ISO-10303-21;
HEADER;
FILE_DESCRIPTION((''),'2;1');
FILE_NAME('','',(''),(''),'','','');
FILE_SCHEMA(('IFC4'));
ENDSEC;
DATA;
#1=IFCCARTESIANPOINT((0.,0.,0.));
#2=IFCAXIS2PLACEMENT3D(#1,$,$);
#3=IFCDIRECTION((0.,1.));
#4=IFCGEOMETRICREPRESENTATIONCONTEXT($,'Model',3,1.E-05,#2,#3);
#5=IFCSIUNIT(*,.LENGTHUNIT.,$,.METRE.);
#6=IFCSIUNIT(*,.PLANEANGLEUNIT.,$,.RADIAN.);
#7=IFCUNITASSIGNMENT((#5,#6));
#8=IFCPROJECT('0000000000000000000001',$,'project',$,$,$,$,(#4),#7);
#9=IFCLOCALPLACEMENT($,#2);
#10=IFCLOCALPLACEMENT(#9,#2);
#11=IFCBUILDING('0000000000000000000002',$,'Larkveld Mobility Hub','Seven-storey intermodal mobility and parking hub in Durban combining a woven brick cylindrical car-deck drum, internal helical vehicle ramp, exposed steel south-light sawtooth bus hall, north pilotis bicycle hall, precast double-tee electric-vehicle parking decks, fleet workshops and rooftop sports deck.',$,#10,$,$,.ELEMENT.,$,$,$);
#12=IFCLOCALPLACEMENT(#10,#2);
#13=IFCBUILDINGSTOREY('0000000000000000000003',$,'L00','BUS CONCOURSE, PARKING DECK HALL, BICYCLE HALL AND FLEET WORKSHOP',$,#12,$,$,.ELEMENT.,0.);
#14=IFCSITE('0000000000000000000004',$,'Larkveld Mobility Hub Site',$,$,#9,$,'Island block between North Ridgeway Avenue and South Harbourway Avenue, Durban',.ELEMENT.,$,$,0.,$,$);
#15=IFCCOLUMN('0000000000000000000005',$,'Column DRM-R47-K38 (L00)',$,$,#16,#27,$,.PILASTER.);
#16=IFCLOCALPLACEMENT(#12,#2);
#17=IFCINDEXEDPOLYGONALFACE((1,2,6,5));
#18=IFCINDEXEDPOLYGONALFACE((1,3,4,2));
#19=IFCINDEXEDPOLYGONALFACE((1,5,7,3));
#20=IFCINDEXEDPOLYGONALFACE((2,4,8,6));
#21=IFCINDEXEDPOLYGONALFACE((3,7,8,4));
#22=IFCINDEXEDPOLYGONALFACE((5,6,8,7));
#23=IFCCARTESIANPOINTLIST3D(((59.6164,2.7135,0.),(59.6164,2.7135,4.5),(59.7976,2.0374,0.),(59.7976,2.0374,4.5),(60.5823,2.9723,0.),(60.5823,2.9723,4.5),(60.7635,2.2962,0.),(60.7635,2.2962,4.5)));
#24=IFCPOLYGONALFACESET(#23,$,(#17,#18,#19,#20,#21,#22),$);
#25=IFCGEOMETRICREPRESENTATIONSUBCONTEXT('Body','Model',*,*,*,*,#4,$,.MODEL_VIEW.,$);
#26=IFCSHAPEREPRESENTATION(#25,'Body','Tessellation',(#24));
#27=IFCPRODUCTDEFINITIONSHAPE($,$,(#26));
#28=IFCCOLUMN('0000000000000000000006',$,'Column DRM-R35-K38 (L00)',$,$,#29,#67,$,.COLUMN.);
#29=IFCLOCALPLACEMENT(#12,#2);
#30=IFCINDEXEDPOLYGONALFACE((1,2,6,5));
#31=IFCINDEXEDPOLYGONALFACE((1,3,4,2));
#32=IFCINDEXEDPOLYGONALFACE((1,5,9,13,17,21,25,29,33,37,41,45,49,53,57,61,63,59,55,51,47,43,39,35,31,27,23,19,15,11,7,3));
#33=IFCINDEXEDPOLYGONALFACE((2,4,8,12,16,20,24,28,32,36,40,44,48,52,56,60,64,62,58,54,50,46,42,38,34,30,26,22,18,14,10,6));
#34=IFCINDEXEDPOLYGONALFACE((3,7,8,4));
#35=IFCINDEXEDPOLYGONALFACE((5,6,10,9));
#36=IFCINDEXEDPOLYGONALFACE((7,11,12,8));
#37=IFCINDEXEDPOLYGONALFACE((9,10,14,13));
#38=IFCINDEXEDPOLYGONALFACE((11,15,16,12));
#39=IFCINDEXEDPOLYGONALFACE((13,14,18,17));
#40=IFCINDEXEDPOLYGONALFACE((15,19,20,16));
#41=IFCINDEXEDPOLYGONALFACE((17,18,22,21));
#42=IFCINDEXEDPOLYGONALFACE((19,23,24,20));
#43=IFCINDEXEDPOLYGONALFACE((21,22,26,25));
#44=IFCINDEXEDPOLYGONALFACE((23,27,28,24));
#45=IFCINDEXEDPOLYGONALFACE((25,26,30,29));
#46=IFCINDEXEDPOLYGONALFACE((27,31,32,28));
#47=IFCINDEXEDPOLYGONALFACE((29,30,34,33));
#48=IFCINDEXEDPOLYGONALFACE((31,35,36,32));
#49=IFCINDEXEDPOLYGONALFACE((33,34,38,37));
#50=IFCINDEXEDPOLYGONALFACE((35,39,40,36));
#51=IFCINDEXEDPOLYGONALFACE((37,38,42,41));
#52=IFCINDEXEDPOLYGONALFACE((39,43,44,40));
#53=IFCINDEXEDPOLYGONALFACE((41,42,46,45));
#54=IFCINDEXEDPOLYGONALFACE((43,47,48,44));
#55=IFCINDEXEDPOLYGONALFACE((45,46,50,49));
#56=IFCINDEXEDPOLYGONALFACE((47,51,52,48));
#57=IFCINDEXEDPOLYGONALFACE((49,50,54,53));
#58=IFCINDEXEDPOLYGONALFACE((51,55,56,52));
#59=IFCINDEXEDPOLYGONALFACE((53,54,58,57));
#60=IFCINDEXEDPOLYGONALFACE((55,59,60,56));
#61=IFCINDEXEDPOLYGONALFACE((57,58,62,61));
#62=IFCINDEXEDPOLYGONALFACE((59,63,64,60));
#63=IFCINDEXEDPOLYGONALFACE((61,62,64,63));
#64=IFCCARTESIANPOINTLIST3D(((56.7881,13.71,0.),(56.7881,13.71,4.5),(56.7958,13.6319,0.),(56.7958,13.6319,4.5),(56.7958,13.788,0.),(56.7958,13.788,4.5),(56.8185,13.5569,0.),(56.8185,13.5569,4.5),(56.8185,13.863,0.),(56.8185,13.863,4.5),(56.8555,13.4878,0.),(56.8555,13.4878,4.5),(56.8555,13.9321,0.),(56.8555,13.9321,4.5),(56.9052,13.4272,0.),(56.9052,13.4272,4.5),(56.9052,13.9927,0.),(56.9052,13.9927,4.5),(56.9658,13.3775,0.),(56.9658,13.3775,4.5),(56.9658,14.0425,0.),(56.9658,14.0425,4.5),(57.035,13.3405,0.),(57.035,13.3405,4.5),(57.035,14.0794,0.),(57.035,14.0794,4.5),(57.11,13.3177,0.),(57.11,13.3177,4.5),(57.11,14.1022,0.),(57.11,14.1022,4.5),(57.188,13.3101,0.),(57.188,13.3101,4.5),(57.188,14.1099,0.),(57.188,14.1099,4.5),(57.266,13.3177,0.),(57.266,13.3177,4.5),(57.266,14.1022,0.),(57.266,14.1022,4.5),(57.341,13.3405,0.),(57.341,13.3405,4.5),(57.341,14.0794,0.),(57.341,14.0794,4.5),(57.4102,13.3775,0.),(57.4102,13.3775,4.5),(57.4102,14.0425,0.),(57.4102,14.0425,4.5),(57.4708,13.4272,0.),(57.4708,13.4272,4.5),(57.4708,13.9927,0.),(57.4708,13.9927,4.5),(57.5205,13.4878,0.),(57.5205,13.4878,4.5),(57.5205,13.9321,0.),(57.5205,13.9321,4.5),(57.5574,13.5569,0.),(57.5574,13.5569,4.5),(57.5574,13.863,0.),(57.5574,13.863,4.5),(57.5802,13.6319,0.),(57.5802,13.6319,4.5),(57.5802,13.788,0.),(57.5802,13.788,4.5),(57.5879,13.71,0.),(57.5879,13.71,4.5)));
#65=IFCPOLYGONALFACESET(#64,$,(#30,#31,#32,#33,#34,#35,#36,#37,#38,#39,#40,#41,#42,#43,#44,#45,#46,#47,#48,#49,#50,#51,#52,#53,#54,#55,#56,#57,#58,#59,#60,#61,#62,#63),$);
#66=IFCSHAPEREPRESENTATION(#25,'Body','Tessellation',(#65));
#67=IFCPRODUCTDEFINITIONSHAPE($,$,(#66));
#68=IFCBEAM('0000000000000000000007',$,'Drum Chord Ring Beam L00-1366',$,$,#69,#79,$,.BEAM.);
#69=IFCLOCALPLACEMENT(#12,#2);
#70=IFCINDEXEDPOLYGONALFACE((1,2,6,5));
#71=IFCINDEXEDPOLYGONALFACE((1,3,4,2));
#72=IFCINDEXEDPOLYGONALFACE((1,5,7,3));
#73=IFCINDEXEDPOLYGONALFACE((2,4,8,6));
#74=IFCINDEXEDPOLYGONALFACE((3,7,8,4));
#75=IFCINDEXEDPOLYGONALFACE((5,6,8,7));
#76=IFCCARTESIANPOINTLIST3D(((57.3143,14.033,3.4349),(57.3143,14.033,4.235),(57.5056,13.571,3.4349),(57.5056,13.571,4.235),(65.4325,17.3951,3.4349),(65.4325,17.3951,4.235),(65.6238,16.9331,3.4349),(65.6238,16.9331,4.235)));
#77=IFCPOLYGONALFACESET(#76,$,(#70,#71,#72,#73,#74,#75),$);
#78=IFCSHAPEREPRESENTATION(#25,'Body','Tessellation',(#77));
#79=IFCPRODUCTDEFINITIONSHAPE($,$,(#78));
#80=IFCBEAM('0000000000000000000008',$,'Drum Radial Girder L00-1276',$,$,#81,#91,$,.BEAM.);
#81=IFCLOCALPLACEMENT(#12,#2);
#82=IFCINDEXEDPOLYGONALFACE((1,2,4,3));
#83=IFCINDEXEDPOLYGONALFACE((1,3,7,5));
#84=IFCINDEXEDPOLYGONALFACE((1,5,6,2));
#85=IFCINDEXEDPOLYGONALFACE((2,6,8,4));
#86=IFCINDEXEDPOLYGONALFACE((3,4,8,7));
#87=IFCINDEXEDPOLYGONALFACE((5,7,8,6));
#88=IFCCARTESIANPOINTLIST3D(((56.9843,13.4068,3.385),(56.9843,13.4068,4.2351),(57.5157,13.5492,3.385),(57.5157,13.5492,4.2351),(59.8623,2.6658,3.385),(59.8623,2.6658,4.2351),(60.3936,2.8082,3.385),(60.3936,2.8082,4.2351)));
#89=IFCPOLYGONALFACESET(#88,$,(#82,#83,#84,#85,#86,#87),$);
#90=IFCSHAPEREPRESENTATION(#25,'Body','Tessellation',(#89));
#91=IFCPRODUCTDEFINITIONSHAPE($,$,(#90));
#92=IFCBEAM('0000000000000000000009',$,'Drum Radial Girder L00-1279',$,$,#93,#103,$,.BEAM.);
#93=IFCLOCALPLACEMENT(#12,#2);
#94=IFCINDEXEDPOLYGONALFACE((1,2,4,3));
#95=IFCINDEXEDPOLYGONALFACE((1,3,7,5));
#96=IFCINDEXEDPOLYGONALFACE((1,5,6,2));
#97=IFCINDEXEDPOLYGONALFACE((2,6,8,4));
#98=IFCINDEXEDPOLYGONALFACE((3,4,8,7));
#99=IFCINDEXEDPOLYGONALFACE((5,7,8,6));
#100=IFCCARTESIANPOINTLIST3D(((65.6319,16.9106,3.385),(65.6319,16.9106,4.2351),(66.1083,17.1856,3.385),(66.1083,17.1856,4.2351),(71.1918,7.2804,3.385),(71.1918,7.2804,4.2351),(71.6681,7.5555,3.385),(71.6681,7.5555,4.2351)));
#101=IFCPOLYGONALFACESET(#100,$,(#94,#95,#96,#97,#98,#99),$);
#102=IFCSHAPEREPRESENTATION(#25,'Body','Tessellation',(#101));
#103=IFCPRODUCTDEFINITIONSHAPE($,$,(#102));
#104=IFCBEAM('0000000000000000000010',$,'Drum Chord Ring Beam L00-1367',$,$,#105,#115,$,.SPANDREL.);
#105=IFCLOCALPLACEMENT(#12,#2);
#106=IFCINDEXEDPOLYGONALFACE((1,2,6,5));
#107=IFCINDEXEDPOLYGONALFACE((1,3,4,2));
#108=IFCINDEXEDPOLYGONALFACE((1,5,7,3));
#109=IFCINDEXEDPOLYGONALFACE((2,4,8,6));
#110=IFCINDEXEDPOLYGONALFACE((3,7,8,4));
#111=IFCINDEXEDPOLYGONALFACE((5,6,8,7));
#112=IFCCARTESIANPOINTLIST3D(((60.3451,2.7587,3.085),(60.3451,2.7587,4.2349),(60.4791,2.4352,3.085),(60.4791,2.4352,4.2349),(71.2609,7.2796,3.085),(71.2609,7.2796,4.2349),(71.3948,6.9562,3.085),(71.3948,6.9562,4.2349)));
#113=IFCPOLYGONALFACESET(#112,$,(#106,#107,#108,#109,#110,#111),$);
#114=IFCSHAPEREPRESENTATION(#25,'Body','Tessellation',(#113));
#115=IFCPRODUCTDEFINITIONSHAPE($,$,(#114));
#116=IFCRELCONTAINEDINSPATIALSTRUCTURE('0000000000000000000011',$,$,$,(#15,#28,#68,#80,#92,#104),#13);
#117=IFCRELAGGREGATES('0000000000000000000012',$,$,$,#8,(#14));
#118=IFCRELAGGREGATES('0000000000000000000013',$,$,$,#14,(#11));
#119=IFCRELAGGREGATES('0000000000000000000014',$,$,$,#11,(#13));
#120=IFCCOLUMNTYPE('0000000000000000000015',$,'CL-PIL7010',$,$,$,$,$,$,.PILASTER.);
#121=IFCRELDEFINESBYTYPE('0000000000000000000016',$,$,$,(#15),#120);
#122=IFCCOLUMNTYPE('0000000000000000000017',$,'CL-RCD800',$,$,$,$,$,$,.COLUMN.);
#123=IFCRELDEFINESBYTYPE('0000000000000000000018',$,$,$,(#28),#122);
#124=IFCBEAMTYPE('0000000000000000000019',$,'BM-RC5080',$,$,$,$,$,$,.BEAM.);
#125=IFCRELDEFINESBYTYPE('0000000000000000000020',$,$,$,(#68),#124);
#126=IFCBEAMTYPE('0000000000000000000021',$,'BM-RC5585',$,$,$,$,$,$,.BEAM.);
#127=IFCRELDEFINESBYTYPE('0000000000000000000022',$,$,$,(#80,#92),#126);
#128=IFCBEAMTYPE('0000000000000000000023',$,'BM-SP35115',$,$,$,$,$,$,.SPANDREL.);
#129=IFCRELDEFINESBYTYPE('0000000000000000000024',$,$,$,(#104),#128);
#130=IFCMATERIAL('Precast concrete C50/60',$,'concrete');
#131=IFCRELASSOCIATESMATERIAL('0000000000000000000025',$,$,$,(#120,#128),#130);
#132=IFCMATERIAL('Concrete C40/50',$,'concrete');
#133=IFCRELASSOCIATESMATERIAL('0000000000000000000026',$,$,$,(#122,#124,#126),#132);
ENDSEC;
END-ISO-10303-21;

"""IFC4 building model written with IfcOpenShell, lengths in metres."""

from ifc_helpers import new_model, si_unit, direction, frame, origin, origin_2d, place, context, subcontext, project, spatial, rectangle, circle, extrude, material, material_profile, profile_set, type_object, element, save


model = new_model("IFC4")

# Units and contexts
model_context = context("Model", 3, precision=1e-05, world=origin(), true_north=direction((0.0, 1.0)))
body_context = subcontext(model_context, "Body", "Model", "MODEL_VIEW")
ifc_project = project(units=[si_unit("LENGTHUNIT", "METRE"), si_unit("PLANEANGLEUNIT", "RADIAN")], contexts=[model_context])

# Site, building, storey
site_placement = place(None, origin())
site = spatial("IfcSite", under=ifc_project, at=site_placement, Name="Larkveld Mobility Hub Site", LongName="Island block between North Ridgeway Avenue and South Harbourway Avenue, Durban", CompositionType="ELEMENT", RefElevation=0.0)
building_placement = place(site_placement, origin())
building = spatial("IfcBuilding", under=site, at=building_placement, Name="Larkveld Mobility Hub", Description="Seven-storey intermodal mobility and parking hub in Durban combining a woven brick cylindrical car-deck drum, internal helical vehicle ramp, exposed steel south-light sawtooth bus hall, north pilotis bicycle hall, precast double-tee electric-vehicle parking decks, fleet workshops and rooftop sports deck.", CompositionType="ELEMENT")
storey_placement = place(building_placement, origin())
storey = spatial("IfcBuildingStorey", under=building, at=storey_placement, Name="L00", Description="BUS CONCOURSE, PARKING DECK HALL, BICYCLE HALL AND FLEET WORKSHOP", CompositionType="ELEMENT", Elevation=0.0)

# Columns
ifc_material_1 = material(Name="Precast concrete C50/60", Category="concrete")
ifc_material_profile_1 = material_profile(ifc_material_1, rectangle(XDim=0.7, YDim=1.0, at=origin_2d()), Name="PC PIL 700x1000")
ifc_profile_set_1 = profile_set([ifc_material_profile_1], Name="Precast concrete C50/60")
column_type_1 = type_object("IfcColumnType", Name="CL-PIL7010", PredefinedType="PILASTER", material=ifc_profile_set_1)
column_1_placement = place(storey_placement, frame((60.1899, 2.5049, 0.0), z_axis=(0.0, 0.0, 1.0), x_axis=(-0.258819, 0.965926, 0.0)))
element("IfcColumn", 1, at=column_1_placement, inside=storey, type_object=column_type_1, Name="Column DRM-R47-K38 (L00)", PredefinedType="PILASTER", context=body_context, shape_type="SweptSolid", body=[
    extrude(rectangle(XDim=0.7, YDim=1.0, at=origin_2d()), origin(), (0.0, 0.0, 1.0), 4.5),
])
ifc_material_2 = material(Name="Concrete C40/50", Category="concrete")
ifc_material_profile_2 = material_profile(ifc_material_2, circle(Radius=0.3999, at=origin_2d()), Name="RC COL D800")
ifc_profile_set_2 = profile_set([ifc_material_profile_2], Name="Concrete C40/50")
column_type_2 = type_object("IfcColumnType", Name="CL-RCD800", PredefinedType="COLUMN", material=ifc_profile_set_2)
column_2_placement = place(storey_placement, frame((57.188, 13.71, 0.0), z_axis=(0.0, 0.0, 1.0), x_axis=(1.0, 0.0, 0.0)))
element("IfcColumn", 2, at=column_2_placement, inside=storey, type_object=column_type_2, Name="Column DRM-R35-K38 (L00)", PredefinedType="COLUMN", context=body_context, shape_type="SweptSolid", body=[
    extrude(circle(Radius=0.3999, at=origin_2d()), origin(), (0.0, 0.0, 1.0), 4.5),
])

# Beams
ifc_material_profile_3 = material_profile(ifc_material_2, rectangle(XDim=0.5, YDim=0.8, at=origin_2d()), Name="RC BM 500x800")
ifc_profile_set_3 = profile_set([ifc_material_profile_3], Name="Concrete C40/50")
beam_type_1 = type_object("IfcBeamType", Name="BM-RC5080", PredefinedType="BEAM", material=ifc_profile_set_3)
beam_1_placement = place(storey_placement, frame((57.4099, 13.802, 3.835), z_axis=(0.923903, 0.382626, 0.0), x_axis=(-0.382626, 0.923903, 0.0)))
element("IfcBeam", 3, at=beam_1_placement, inside=storey, type_object=beam_type_1, Name="Drum Chord Ring Beam L00-1366", PredefinedType="BEAM", context=body_context, shape_type="SweptSolid", body=[
    extrude(rectangle(XDim=0.5, YDim=0.8, at=origin_2d()), origin(), (0.0, 0.0, 1.0), 8.7869),
])
ifc_material_profile_4 = material_profile(ifc_material_2, rectangle(XDim=0.55, YDim=0.8501, at=origin_2d()), Name="RC BM 550x850")
ifc_profile_set_4 = profile_set([ifc_material_profile_4], Name="Concrete C40/50")
beam_type_2 = type_object("IfcBeamType", Name="BM-RC5585", PredefinedType="BEAM", material=ifc_profile_set_4)
for number, where, z_axis, x_axis, name in (
    (4, (57.25, 13.478, 3.8101), (0.25881, -0.965928, 0.0), (0.965928, 0.25881, 0.0), "Drum Radial Girder L00-1276"),
    (5, (65.8701, 17.0481, 3.8101), (0.49999, -0.866031, 0.0), (0.866031, 0.49999, 0.0), "Drum Radial Girder L00-1279"),
):
    element("IfcBeam", number, at=place(storey_placement, frame(where, z_axis=z_axis, x_axis=x_axis)), inside=storey, type_object=beam_type_2, Name=name, PredefinedType="BEAM", context=body_context, shape_type="SweptSolid", body=[
        extrude(rectangle(XDim=0.55, YDim=0.8501, at=origin_2d()), origin(), (0.0, 0.0, 1.0), 11.1199),
    ])
ifc_material_profile_5 = material_profile(ifc_material_1, rectangle(XDim=0.3501, YDim=1.1499, at=origin_2d()), Name="PC SP 350x1150")
ifc_profile_set_5 = profile_set([ifc_material_profile_5], Name="Precast concrete C50/60")
beam_type_3 = type_object("IfcBeamType", Name="BM-SP35115", PredefinedType="SPANDREL", material=ifc_profile_set_5)
beam_2_placement = place(storey_placement, frame((60.4121, 2.5969, 3.6599), z_axis=(0.923893, 0.38265, 0.0), x_axis=(-0.38265, 0.923893, 0.0)))
element("IfcBeam", 6, at=beam_2_placement, inside=storey, type_object=beam_type_3, Name="Drum Chord Ring Beam L00-1367", PredefinedType="SPANDREL", context=body_context, shape_type="SweptSolid", body=[
    extrude(rectangle(XDim=0.3501, YDim=1.1499, at=origin_2d()), origin(), (0.0, 0.0, 1.0), 11.8149),
])

save(model, "model.ifc")
